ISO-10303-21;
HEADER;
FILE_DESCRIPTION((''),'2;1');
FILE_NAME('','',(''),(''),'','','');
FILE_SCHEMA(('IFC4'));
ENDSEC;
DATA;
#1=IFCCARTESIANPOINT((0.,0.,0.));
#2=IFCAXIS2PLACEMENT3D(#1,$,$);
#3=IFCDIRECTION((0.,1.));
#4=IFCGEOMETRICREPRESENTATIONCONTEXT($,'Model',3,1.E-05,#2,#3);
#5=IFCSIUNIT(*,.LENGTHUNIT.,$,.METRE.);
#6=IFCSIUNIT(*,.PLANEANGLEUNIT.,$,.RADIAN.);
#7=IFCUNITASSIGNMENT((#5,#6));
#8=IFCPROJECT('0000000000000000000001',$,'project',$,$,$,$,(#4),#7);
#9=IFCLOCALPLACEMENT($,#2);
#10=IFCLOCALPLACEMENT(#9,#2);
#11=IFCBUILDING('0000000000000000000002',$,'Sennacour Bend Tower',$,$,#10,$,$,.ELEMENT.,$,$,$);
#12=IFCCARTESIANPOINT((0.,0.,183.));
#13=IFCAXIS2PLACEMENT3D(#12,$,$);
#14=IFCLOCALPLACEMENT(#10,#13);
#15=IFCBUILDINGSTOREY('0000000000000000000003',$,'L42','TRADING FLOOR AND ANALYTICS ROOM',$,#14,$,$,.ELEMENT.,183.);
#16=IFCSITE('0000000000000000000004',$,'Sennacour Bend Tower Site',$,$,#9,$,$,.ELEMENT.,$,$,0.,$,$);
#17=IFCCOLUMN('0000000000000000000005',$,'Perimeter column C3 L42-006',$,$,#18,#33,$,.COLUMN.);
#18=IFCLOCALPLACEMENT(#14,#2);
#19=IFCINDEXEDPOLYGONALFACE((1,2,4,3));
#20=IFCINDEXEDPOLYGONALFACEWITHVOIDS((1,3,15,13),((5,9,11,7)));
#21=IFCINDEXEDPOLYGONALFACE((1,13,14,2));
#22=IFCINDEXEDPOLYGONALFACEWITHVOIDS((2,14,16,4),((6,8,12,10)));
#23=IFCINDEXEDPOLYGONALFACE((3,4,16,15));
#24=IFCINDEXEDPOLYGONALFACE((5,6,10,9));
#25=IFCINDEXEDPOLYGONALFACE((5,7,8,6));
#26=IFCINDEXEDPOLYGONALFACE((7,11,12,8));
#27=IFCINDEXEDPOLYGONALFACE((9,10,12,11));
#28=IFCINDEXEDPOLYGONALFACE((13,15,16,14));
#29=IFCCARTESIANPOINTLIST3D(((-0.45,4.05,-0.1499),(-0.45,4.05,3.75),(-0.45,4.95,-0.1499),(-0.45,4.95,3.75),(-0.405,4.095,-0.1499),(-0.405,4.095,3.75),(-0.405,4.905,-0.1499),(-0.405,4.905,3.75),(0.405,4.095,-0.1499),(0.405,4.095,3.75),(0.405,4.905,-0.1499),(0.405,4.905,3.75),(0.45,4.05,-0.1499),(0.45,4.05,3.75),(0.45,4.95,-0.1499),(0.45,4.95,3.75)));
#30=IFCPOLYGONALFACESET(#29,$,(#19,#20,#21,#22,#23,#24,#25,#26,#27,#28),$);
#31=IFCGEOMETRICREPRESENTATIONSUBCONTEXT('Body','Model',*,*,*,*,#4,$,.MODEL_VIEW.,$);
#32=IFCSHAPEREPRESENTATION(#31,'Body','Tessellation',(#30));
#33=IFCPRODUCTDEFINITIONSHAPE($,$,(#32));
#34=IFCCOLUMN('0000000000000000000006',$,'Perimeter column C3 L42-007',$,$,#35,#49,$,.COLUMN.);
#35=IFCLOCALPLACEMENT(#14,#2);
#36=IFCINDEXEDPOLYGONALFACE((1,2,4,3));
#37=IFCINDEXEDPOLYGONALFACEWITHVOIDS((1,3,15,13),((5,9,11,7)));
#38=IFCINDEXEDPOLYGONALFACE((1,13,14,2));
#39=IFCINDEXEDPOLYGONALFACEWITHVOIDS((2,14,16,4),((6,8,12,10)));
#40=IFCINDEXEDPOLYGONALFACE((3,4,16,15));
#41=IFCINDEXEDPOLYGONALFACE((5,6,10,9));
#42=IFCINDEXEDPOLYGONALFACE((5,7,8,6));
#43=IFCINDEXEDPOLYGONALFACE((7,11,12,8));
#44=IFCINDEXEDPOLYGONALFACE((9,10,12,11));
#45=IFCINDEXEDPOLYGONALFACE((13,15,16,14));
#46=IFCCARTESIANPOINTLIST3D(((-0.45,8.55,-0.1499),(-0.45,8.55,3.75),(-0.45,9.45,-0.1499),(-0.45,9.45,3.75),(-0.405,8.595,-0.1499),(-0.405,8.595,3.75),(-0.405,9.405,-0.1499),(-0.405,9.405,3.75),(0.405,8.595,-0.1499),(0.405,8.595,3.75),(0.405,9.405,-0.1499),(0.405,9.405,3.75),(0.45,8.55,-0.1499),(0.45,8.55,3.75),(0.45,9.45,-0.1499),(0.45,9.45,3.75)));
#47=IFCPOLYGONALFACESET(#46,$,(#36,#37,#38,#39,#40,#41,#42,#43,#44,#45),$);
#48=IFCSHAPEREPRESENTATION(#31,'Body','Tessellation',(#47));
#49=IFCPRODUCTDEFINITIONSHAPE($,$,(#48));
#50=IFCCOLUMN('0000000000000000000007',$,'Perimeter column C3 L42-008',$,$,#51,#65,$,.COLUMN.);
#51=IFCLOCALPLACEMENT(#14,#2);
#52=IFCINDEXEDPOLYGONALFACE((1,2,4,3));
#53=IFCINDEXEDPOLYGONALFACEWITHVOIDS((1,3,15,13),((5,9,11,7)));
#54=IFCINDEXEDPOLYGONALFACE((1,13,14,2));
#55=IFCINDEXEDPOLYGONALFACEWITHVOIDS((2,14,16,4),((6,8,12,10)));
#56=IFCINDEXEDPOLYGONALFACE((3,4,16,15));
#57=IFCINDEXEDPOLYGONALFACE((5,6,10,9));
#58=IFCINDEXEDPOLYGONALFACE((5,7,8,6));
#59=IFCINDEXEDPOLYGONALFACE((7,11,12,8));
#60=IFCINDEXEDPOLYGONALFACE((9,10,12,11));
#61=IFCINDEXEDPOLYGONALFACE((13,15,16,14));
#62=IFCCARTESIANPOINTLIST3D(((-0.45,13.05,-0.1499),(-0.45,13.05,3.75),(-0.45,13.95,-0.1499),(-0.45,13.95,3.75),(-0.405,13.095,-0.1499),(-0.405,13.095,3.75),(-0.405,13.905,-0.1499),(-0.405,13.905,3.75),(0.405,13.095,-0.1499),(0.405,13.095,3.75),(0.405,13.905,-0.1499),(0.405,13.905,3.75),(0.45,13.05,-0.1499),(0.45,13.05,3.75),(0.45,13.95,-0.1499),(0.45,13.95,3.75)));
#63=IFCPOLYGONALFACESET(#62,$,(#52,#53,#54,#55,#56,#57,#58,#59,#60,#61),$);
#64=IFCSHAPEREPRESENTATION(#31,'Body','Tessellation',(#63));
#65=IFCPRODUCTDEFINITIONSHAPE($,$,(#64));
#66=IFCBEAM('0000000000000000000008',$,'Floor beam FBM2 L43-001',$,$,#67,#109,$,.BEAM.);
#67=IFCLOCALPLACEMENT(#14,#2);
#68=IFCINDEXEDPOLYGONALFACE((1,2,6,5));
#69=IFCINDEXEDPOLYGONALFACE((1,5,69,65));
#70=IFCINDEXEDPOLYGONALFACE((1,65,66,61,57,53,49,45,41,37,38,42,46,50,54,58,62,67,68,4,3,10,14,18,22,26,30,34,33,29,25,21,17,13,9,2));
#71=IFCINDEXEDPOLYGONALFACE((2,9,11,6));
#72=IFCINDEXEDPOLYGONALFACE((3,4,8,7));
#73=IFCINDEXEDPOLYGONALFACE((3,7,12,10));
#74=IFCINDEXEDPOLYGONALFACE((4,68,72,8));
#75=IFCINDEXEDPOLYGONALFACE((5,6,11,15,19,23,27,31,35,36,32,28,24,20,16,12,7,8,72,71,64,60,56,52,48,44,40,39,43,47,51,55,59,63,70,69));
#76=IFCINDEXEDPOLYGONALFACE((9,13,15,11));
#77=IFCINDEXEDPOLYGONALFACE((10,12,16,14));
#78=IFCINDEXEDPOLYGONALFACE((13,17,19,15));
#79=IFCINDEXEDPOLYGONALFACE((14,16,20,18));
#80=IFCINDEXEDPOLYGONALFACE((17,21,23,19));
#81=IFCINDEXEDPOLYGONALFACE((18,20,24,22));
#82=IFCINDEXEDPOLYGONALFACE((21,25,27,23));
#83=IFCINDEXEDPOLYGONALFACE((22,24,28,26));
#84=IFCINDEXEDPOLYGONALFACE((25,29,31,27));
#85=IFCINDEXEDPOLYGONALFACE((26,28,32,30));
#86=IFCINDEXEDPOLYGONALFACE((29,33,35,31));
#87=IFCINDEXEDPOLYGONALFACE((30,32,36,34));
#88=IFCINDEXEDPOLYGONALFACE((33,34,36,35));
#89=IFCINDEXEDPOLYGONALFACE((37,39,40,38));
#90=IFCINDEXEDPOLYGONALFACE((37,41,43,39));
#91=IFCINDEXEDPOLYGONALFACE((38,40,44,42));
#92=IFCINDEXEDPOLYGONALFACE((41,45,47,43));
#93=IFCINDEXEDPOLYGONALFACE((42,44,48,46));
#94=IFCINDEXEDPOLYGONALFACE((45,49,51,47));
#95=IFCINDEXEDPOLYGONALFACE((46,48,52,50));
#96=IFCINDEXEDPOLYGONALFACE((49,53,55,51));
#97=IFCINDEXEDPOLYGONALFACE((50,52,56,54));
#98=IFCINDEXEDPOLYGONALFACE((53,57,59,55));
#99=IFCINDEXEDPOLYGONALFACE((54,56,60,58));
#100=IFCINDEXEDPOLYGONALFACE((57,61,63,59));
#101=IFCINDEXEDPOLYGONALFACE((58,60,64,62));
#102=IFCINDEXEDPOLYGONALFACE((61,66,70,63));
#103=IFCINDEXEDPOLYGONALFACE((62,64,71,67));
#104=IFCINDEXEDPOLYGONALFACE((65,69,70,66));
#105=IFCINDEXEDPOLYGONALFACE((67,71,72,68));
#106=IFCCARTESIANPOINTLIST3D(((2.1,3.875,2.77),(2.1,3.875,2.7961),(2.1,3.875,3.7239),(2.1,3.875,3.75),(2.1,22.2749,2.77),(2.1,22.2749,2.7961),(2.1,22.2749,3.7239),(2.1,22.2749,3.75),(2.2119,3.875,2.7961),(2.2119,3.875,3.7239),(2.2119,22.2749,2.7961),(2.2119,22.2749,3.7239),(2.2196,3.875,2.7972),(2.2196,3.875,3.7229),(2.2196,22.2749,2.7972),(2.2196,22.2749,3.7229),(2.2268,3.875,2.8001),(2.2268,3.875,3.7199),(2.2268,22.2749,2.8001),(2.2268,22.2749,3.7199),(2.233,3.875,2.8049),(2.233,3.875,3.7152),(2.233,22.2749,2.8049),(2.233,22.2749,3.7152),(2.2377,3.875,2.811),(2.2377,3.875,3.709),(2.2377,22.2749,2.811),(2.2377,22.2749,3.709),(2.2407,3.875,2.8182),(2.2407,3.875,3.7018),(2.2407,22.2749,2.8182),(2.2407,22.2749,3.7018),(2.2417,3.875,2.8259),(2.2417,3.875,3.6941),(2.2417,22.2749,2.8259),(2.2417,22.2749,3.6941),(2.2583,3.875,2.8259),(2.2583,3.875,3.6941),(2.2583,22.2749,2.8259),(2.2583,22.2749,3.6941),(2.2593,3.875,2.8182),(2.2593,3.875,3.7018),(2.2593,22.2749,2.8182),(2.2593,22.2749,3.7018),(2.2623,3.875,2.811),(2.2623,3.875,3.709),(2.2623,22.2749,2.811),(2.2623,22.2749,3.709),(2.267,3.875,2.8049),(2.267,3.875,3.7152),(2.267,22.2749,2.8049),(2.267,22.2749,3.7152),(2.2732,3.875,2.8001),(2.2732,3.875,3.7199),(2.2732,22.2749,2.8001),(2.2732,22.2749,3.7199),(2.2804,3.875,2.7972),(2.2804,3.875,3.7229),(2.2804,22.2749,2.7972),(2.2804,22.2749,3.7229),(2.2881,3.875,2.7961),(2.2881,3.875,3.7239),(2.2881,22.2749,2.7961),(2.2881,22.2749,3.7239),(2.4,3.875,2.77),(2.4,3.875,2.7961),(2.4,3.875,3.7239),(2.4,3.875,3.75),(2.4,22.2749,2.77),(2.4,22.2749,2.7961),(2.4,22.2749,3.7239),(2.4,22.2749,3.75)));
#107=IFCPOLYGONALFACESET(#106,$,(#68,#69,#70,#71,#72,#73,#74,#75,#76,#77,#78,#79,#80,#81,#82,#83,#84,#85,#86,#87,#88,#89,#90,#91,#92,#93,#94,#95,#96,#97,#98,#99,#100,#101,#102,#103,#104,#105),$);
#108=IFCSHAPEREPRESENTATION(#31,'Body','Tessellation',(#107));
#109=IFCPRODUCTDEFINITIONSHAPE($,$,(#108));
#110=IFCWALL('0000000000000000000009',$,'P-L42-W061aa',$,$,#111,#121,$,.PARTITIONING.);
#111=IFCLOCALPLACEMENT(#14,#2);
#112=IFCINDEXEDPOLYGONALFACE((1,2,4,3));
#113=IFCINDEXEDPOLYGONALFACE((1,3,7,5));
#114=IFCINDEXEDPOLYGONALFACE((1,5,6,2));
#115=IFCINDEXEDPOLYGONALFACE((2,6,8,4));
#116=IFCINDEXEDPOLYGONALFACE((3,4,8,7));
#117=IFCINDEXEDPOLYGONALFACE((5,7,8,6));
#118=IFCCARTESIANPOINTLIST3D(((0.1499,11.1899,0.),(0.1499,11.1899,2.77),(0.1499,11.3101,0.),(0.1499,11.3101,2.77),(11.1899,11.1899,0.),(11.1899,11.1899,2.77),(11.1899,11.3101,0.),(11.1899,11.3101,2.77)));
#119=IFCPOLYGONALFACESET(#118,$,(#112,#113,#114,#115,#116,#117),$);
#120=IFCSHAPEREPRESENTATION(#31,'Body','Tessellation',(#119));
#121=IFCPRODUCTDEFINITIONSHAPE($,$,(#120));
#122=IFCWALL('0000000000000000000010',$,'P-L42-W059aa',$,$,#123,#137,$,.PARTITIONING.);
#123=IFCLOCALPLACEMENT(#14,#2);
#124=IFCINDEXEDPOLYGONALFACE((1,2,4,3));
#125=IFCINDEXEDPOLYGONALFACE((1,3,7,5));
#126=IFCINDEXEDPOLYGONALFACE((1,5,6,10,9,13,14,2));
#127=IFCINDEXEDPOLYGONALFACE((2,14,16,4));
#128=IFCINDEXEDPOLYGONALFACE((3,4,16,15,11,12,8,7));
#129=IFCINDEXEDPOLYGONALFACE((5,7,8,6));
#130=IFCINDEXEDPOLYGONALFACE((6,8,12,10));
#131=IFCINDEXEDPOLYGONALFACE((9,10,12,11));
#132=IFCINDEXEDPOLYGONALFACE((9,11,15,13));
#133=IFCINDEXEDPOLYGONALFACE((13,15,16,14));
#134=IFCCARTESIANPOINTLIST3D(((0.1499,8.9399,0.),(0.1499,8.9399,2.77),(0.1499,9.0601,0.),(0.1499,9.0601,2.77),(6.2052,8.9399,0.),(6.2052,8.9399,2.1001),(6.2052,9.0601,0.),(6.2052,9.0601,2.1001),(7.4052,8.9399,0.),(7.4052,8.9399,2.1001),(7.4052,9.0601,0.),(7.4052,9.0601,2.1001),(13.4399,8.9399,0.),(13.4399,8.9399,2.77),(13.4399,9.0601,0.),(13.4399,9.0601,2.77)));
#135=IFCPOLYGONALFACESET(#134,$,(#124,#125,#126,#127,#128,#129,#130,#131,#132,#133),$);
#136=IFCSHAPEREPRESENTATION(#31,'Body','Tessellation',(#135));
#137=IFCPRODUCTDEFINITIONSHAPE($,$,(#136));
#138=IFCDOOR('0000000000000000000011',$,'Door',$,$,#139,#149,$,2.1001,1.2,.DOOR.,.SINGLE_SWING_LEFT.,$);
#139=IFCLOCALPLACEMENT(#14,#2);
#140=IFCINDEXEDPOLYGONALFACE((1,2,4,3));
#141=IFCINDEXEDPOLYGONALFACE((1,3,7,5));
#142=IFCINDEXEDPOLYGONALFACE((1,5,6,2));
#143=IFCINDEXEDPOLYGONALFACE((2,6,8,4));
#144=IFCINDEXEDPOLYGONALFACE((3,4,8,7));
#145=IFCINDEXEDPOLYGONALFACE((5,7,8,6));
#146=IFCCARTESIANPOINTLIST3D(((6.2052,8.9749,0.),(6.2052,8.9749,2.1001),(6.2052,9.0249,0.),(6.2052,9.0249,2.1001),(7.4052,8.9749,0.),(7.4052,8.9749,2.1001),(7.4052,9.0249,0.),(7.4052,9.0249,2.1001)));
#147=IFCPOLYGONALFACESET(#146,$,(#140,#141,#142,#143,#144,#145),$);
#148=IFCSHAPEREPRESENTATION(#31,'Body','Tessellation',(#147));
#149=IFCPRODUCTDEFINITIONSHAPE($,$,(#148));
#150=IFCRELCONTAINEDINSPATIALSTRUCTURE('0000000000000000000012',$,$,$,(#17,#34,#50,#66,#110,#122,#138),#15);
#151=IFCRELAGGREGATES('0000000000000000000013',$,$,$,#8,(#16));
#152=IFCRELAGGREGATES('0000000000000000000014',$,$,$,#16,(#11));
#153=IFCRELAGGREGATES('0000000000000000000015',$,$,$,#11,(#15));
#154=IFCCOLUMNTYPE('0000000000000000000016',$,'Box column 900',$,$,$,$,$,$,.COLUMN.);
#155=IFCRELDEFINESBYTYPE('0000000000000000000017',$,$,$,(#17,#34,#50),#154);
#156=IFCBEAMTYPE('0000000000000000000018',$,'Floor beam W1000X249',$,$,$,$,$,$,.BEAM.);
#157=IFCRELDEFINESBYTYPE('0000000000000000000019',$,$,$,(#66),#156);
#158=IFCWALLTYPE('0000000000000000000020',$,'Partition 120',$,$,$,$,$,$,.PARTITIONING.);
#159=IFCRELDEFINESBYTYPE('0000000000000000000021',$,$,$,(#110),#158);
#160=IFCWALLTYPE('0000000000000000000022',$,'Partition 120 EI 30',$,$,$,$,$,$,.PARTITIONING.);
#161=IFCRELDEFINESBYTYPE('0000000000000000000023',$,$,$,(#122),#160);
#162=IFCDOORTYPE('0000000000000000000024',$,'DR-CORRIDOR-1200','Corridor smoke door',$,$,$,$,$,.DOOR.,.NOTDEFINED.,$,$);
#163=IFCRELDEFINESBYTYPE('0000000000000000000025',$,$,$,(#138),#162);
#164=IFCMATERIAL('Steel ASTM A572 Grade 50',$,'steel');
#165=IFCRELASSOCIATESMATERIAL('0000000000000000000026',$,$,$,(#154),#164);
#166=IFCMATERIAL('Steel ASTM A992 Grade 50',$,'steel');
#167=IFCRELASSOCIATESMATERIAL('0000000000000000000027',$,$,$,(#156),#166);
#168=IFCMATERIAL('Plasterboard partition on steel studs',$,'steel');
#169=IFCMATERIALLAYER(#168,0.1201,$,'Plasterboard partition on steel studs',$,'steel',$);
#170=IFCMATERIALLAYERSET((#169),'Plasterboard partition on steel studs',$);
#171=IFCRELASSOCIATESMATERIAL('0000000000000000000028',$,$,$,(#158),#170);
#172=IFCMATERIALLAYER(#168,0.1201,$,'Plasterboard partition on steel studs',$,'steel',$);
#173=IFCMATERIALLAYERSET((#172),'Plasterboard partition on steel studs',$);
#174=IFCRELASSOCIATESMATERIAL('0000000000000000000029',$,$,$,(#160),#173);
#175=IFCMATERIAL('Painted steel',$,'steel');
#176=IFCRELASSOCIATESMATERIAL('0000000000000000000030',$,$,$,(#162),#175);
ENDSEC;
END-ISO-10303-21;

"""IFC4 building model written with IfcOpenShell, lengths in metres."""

from ifc_helpers import new_model, si_unit, direction, frame, frame_2d, origin, origin_2d, place, context, subcontext, project, spatial, rectangle, hollow_rectangle, i_section, extrude, material, layer, layer_set, material_profile, profile_set, type_object, element, fill, save


model = new_model("IFC4")

# Units and contexts
model_context = context("Model", 3, precision=1e-05, world=origin(), true_north=direction((0.0, 1.0)))
body_context = subcontext(model_context, "Body", "Model", "MODEL_VIEW")
ifc_project = project(units=[si_unit("LENGTHUNIT", "METRE"), si_unit("PLANEANGLEUNIT", "RADIAN")], contexts=[model_context])

# Site, building, storey
site_placement = place(None, origin())
site = spatial("IfcSite", under=ifc_project, at=site_placement, Name="Sennacour Bend Tower Site", CompositionType="ELEMENT", RefElevation=0.0)
building_placement = place(site_placement, origin())
building = spatial("IfcBuilding", under=site, at=building_placement, Name="Sennacour Bend Tower", CompositionType="ELEMENT")
storey_placement = place(building_placement, frame((0.0, 0.0, 183.0)))
storey = spatial("IfcBuildingStorey", under=building, at=storey_placement, Name="L42", Description="TRADING FLOOR AND ANALYTICS ROOM", CompositionType="ELEMENT", Elevation=183.0)

# Columns
ifc_material_1 = material(Name="Steel ASTM A572 Grade 50", Category="steel")
ifc_material_profile_1 = material_profile(ifc_material_1, hollow_rectangle(XDim=0.8999, YDim=0.8999, WallThickness=0.0449, at=origin_2d()), Name="Steel ASTM A572 Grade 50", Category="steel")
ifc_profile_set_1 = profile_set([ifc_material_profile_1], Name="Steel ASTM A572 Grade 50")
column_type = type_object("IfcColumnType", Name="Box column 900", PredefinedType="COLUMN", material=ifc_profile_set_1)
for number, where, z_axis, x_axis, name in (
    (1, (0.0, 4.5, -0.1499), (0.0, 0.0, 1.0), (1.0, 0.0, 0.0), "Perimeter column C3 L42-006"),
    (2, (0.0, 9.0, -0.1499), (0.0, 0.0, 1.0), (1.0, 0.0, 0.0), "Perimeter column C3 L42-007"),
    (3, (0.0, 13.5, -0.1499), (0.0, 0.0, 1.0), (1.0, 0.0, 0.0), "Perimeter column C3 L42-008"),
):
    element("IfcColumn", number, at=place(storey_placement, frame(where, z_axis=z_axis, x_axis=x_axis)), inside=storey, type_object=column_type, Name=name, PredefinedType="COLUMN", context=body_context, shape_type="SweptSolid", body=[
        extrude(hollow_rectangle(XDim=0.8999, YDim=0.8999, WallThickness=0.0449, at=origin_2d()), origin(), (0.0, 0.0, 1.0), 3.8999),
    ])

# Beam
ifc_material_2 = material(Name="Steel ASTM A992 Grade 50", Category="steel")
ifc_material_profile_2 = material_profile(ifc_material_2, i_section(OverallWidth=0.3, OverallDepth=0.98, WebThickness=0.0166, FlangeThickness=0.0261, FilletRadius=0.0298, at=origin_2d()), Name="Steel ASTM A992 Grade 50", Category="steel")
ifc_profile_set_2 = profile_set([ifc_material_profile_2], Name="Steel ASTM A992 Grade 50")
beam_type = type_object("IfcBeamType", Name="Floor beam W1000X249", PredefinedType="BEAM", material=ifc_profile_set_2)
beam_placement = place(storey_placement, frame((2.25, 3.875, 3.26), z_axis=(0.0, 1.0, 0.0), x_axis=(-1.0, 0.0, 0.0)))
element("IfcBeam", 4, at=beam_placement, inside=storey, type_object=beam_type, Name="Floor beam FBM2 L43-001", PredefinedType="BEAM", context=body_context, shape_type="SweptSolid", body=[
    extrude(i_section(OverallWidth=0.3, OverallDepth=0.98, WebThickness=0.0166, FlangeThickness=0.0261, FilletRadius=0.0298, at=origin_2d()), origin(), (0.0, 0.0, 1.0), 18.3999),
])

# Wall
ifc_material_3 = material(Name="Plasterboard partition on steel studs", Category="steel")
ifc_layer_1 = layer(ifc_material_3, 0.1201, Name="Plasterboard partition on steel studs", Category="steel")
ifc_layer_set_1 = layer_set([ifc_layer_1], Name="Plasterboard partition on steel studs")
wall_type_1 = type_object("IfcWallType", Name="Partition 120", PredefinedType="PARTITIONING", material=ifc_layer_set_1)
wall_1_placement = place(storey_placement, frame((0.1499, 11.25, 0.0), z_axis=(0.0, 0.0, 1.0), x_axis=(1.0, 0.0, 0.0)))
element("IfcWall", 5, at=wall_1_placement, inside=storey, type_object=wall_type_1, Name="P-L42-W061aa", PredefinedType="PARTITIONING", context=body_context, shape_type="SweptSolid", body=[
    extrude(rectangle(XDim=11.04, YDim=0.1201, at=frame_2d((5.52, 0.0))), origin(), (0.0, 0.0, 1.0), 2.77),
])

# Wall, opening, door
ifc_layer_2 = layer(ifc_material_3, 0.1201, Name="Plasterboard partition on steel studs", Category="steel")
ifc_layer_set_2 = layer_set([ifc_layer_2], Name="Plasterboard partition on steel studs")
wall_type_2 = type_object("IfcWallType", Name="Partition 120 EI 30", PredefinedType="PARTITIONING", material=ifc_layer_set_2)
wall_2_placement = place(storey_placement, frame((0.1499, 9.0, 0.0), z_axis=(0.0, 0.0, 1.0), x_axis=(1.0, 0.0, 0.0)))
wall_2 = element("IfcWall", 6, at=wall_2_placement, inside=storey, type_object=wall_type_2, Name="P-L42-W059aa", PredefinedType="PARTITIONING", context=body_context, shape_type="SweptSolid", body=[
    extrude(rectangle(XDim=13.29, YDim=0.1201, at=frame_2d((6.645, 0.0))), origin(), (0.0, 0.0, 1.0), 2.77),
])
opening_1_placement = place(wall_2_placement, frame((6.0552, 0.0, 0.0)))
opening_1 = element("IfcOpeningElement", 7, at=opening_1_placement, cuts=wall_2, PredefinedType="OPENING", context=body_context, shape_type="SweptSolid", body=[
    extrude(rectangle(XDim=1.2, YDim=2.1001, at=frame_2d((0.6001, 1.05))), frame((0.0, 0.0701, 0.0), z_axis=(0.0, -1.0, 0.0), x_axis=(1.0, 0.0, 0.0)), (0.0, 0.0, 1.0), 0.1401),
])
ifc_material_4 = material(Name="Painted steel", Category="steel")
door_type_1 = type_object("IfcDoorType", Name="DR-CORRIDOR-1200", Description="Corridor smoke door", OperationType="NOTDEFINED", PredefinedType="DOOR", material=ifc_material_4)
door_1_placement = place(opening_1_placement, origin())
door_1 = element("IfcDoor", 8, at=door_1_placement, inside=storey, type_object=door_type_1, Name="Door", OperationType="SINGLE_SWING_LEFT", OverallHeight=2.1001, OverallWidth=1.2, PredefinedType="DOOR", context=body_context, shape_type="SweptSolid", body=[
    extrude(rectangle(XDim=1.2, YDim=2.1001, at=frame_2d((0.6001, 1.05))), frame((0.0, 0.0249, 0.0), z_axis=(0.0, -1.0, 0.0), x_axis=(1.0, 0.0, 0.0)), (0.0, 0.0, 1.0), 0.05),
])
fill(opening_1, door_1)

save(model, "model.ifc")
